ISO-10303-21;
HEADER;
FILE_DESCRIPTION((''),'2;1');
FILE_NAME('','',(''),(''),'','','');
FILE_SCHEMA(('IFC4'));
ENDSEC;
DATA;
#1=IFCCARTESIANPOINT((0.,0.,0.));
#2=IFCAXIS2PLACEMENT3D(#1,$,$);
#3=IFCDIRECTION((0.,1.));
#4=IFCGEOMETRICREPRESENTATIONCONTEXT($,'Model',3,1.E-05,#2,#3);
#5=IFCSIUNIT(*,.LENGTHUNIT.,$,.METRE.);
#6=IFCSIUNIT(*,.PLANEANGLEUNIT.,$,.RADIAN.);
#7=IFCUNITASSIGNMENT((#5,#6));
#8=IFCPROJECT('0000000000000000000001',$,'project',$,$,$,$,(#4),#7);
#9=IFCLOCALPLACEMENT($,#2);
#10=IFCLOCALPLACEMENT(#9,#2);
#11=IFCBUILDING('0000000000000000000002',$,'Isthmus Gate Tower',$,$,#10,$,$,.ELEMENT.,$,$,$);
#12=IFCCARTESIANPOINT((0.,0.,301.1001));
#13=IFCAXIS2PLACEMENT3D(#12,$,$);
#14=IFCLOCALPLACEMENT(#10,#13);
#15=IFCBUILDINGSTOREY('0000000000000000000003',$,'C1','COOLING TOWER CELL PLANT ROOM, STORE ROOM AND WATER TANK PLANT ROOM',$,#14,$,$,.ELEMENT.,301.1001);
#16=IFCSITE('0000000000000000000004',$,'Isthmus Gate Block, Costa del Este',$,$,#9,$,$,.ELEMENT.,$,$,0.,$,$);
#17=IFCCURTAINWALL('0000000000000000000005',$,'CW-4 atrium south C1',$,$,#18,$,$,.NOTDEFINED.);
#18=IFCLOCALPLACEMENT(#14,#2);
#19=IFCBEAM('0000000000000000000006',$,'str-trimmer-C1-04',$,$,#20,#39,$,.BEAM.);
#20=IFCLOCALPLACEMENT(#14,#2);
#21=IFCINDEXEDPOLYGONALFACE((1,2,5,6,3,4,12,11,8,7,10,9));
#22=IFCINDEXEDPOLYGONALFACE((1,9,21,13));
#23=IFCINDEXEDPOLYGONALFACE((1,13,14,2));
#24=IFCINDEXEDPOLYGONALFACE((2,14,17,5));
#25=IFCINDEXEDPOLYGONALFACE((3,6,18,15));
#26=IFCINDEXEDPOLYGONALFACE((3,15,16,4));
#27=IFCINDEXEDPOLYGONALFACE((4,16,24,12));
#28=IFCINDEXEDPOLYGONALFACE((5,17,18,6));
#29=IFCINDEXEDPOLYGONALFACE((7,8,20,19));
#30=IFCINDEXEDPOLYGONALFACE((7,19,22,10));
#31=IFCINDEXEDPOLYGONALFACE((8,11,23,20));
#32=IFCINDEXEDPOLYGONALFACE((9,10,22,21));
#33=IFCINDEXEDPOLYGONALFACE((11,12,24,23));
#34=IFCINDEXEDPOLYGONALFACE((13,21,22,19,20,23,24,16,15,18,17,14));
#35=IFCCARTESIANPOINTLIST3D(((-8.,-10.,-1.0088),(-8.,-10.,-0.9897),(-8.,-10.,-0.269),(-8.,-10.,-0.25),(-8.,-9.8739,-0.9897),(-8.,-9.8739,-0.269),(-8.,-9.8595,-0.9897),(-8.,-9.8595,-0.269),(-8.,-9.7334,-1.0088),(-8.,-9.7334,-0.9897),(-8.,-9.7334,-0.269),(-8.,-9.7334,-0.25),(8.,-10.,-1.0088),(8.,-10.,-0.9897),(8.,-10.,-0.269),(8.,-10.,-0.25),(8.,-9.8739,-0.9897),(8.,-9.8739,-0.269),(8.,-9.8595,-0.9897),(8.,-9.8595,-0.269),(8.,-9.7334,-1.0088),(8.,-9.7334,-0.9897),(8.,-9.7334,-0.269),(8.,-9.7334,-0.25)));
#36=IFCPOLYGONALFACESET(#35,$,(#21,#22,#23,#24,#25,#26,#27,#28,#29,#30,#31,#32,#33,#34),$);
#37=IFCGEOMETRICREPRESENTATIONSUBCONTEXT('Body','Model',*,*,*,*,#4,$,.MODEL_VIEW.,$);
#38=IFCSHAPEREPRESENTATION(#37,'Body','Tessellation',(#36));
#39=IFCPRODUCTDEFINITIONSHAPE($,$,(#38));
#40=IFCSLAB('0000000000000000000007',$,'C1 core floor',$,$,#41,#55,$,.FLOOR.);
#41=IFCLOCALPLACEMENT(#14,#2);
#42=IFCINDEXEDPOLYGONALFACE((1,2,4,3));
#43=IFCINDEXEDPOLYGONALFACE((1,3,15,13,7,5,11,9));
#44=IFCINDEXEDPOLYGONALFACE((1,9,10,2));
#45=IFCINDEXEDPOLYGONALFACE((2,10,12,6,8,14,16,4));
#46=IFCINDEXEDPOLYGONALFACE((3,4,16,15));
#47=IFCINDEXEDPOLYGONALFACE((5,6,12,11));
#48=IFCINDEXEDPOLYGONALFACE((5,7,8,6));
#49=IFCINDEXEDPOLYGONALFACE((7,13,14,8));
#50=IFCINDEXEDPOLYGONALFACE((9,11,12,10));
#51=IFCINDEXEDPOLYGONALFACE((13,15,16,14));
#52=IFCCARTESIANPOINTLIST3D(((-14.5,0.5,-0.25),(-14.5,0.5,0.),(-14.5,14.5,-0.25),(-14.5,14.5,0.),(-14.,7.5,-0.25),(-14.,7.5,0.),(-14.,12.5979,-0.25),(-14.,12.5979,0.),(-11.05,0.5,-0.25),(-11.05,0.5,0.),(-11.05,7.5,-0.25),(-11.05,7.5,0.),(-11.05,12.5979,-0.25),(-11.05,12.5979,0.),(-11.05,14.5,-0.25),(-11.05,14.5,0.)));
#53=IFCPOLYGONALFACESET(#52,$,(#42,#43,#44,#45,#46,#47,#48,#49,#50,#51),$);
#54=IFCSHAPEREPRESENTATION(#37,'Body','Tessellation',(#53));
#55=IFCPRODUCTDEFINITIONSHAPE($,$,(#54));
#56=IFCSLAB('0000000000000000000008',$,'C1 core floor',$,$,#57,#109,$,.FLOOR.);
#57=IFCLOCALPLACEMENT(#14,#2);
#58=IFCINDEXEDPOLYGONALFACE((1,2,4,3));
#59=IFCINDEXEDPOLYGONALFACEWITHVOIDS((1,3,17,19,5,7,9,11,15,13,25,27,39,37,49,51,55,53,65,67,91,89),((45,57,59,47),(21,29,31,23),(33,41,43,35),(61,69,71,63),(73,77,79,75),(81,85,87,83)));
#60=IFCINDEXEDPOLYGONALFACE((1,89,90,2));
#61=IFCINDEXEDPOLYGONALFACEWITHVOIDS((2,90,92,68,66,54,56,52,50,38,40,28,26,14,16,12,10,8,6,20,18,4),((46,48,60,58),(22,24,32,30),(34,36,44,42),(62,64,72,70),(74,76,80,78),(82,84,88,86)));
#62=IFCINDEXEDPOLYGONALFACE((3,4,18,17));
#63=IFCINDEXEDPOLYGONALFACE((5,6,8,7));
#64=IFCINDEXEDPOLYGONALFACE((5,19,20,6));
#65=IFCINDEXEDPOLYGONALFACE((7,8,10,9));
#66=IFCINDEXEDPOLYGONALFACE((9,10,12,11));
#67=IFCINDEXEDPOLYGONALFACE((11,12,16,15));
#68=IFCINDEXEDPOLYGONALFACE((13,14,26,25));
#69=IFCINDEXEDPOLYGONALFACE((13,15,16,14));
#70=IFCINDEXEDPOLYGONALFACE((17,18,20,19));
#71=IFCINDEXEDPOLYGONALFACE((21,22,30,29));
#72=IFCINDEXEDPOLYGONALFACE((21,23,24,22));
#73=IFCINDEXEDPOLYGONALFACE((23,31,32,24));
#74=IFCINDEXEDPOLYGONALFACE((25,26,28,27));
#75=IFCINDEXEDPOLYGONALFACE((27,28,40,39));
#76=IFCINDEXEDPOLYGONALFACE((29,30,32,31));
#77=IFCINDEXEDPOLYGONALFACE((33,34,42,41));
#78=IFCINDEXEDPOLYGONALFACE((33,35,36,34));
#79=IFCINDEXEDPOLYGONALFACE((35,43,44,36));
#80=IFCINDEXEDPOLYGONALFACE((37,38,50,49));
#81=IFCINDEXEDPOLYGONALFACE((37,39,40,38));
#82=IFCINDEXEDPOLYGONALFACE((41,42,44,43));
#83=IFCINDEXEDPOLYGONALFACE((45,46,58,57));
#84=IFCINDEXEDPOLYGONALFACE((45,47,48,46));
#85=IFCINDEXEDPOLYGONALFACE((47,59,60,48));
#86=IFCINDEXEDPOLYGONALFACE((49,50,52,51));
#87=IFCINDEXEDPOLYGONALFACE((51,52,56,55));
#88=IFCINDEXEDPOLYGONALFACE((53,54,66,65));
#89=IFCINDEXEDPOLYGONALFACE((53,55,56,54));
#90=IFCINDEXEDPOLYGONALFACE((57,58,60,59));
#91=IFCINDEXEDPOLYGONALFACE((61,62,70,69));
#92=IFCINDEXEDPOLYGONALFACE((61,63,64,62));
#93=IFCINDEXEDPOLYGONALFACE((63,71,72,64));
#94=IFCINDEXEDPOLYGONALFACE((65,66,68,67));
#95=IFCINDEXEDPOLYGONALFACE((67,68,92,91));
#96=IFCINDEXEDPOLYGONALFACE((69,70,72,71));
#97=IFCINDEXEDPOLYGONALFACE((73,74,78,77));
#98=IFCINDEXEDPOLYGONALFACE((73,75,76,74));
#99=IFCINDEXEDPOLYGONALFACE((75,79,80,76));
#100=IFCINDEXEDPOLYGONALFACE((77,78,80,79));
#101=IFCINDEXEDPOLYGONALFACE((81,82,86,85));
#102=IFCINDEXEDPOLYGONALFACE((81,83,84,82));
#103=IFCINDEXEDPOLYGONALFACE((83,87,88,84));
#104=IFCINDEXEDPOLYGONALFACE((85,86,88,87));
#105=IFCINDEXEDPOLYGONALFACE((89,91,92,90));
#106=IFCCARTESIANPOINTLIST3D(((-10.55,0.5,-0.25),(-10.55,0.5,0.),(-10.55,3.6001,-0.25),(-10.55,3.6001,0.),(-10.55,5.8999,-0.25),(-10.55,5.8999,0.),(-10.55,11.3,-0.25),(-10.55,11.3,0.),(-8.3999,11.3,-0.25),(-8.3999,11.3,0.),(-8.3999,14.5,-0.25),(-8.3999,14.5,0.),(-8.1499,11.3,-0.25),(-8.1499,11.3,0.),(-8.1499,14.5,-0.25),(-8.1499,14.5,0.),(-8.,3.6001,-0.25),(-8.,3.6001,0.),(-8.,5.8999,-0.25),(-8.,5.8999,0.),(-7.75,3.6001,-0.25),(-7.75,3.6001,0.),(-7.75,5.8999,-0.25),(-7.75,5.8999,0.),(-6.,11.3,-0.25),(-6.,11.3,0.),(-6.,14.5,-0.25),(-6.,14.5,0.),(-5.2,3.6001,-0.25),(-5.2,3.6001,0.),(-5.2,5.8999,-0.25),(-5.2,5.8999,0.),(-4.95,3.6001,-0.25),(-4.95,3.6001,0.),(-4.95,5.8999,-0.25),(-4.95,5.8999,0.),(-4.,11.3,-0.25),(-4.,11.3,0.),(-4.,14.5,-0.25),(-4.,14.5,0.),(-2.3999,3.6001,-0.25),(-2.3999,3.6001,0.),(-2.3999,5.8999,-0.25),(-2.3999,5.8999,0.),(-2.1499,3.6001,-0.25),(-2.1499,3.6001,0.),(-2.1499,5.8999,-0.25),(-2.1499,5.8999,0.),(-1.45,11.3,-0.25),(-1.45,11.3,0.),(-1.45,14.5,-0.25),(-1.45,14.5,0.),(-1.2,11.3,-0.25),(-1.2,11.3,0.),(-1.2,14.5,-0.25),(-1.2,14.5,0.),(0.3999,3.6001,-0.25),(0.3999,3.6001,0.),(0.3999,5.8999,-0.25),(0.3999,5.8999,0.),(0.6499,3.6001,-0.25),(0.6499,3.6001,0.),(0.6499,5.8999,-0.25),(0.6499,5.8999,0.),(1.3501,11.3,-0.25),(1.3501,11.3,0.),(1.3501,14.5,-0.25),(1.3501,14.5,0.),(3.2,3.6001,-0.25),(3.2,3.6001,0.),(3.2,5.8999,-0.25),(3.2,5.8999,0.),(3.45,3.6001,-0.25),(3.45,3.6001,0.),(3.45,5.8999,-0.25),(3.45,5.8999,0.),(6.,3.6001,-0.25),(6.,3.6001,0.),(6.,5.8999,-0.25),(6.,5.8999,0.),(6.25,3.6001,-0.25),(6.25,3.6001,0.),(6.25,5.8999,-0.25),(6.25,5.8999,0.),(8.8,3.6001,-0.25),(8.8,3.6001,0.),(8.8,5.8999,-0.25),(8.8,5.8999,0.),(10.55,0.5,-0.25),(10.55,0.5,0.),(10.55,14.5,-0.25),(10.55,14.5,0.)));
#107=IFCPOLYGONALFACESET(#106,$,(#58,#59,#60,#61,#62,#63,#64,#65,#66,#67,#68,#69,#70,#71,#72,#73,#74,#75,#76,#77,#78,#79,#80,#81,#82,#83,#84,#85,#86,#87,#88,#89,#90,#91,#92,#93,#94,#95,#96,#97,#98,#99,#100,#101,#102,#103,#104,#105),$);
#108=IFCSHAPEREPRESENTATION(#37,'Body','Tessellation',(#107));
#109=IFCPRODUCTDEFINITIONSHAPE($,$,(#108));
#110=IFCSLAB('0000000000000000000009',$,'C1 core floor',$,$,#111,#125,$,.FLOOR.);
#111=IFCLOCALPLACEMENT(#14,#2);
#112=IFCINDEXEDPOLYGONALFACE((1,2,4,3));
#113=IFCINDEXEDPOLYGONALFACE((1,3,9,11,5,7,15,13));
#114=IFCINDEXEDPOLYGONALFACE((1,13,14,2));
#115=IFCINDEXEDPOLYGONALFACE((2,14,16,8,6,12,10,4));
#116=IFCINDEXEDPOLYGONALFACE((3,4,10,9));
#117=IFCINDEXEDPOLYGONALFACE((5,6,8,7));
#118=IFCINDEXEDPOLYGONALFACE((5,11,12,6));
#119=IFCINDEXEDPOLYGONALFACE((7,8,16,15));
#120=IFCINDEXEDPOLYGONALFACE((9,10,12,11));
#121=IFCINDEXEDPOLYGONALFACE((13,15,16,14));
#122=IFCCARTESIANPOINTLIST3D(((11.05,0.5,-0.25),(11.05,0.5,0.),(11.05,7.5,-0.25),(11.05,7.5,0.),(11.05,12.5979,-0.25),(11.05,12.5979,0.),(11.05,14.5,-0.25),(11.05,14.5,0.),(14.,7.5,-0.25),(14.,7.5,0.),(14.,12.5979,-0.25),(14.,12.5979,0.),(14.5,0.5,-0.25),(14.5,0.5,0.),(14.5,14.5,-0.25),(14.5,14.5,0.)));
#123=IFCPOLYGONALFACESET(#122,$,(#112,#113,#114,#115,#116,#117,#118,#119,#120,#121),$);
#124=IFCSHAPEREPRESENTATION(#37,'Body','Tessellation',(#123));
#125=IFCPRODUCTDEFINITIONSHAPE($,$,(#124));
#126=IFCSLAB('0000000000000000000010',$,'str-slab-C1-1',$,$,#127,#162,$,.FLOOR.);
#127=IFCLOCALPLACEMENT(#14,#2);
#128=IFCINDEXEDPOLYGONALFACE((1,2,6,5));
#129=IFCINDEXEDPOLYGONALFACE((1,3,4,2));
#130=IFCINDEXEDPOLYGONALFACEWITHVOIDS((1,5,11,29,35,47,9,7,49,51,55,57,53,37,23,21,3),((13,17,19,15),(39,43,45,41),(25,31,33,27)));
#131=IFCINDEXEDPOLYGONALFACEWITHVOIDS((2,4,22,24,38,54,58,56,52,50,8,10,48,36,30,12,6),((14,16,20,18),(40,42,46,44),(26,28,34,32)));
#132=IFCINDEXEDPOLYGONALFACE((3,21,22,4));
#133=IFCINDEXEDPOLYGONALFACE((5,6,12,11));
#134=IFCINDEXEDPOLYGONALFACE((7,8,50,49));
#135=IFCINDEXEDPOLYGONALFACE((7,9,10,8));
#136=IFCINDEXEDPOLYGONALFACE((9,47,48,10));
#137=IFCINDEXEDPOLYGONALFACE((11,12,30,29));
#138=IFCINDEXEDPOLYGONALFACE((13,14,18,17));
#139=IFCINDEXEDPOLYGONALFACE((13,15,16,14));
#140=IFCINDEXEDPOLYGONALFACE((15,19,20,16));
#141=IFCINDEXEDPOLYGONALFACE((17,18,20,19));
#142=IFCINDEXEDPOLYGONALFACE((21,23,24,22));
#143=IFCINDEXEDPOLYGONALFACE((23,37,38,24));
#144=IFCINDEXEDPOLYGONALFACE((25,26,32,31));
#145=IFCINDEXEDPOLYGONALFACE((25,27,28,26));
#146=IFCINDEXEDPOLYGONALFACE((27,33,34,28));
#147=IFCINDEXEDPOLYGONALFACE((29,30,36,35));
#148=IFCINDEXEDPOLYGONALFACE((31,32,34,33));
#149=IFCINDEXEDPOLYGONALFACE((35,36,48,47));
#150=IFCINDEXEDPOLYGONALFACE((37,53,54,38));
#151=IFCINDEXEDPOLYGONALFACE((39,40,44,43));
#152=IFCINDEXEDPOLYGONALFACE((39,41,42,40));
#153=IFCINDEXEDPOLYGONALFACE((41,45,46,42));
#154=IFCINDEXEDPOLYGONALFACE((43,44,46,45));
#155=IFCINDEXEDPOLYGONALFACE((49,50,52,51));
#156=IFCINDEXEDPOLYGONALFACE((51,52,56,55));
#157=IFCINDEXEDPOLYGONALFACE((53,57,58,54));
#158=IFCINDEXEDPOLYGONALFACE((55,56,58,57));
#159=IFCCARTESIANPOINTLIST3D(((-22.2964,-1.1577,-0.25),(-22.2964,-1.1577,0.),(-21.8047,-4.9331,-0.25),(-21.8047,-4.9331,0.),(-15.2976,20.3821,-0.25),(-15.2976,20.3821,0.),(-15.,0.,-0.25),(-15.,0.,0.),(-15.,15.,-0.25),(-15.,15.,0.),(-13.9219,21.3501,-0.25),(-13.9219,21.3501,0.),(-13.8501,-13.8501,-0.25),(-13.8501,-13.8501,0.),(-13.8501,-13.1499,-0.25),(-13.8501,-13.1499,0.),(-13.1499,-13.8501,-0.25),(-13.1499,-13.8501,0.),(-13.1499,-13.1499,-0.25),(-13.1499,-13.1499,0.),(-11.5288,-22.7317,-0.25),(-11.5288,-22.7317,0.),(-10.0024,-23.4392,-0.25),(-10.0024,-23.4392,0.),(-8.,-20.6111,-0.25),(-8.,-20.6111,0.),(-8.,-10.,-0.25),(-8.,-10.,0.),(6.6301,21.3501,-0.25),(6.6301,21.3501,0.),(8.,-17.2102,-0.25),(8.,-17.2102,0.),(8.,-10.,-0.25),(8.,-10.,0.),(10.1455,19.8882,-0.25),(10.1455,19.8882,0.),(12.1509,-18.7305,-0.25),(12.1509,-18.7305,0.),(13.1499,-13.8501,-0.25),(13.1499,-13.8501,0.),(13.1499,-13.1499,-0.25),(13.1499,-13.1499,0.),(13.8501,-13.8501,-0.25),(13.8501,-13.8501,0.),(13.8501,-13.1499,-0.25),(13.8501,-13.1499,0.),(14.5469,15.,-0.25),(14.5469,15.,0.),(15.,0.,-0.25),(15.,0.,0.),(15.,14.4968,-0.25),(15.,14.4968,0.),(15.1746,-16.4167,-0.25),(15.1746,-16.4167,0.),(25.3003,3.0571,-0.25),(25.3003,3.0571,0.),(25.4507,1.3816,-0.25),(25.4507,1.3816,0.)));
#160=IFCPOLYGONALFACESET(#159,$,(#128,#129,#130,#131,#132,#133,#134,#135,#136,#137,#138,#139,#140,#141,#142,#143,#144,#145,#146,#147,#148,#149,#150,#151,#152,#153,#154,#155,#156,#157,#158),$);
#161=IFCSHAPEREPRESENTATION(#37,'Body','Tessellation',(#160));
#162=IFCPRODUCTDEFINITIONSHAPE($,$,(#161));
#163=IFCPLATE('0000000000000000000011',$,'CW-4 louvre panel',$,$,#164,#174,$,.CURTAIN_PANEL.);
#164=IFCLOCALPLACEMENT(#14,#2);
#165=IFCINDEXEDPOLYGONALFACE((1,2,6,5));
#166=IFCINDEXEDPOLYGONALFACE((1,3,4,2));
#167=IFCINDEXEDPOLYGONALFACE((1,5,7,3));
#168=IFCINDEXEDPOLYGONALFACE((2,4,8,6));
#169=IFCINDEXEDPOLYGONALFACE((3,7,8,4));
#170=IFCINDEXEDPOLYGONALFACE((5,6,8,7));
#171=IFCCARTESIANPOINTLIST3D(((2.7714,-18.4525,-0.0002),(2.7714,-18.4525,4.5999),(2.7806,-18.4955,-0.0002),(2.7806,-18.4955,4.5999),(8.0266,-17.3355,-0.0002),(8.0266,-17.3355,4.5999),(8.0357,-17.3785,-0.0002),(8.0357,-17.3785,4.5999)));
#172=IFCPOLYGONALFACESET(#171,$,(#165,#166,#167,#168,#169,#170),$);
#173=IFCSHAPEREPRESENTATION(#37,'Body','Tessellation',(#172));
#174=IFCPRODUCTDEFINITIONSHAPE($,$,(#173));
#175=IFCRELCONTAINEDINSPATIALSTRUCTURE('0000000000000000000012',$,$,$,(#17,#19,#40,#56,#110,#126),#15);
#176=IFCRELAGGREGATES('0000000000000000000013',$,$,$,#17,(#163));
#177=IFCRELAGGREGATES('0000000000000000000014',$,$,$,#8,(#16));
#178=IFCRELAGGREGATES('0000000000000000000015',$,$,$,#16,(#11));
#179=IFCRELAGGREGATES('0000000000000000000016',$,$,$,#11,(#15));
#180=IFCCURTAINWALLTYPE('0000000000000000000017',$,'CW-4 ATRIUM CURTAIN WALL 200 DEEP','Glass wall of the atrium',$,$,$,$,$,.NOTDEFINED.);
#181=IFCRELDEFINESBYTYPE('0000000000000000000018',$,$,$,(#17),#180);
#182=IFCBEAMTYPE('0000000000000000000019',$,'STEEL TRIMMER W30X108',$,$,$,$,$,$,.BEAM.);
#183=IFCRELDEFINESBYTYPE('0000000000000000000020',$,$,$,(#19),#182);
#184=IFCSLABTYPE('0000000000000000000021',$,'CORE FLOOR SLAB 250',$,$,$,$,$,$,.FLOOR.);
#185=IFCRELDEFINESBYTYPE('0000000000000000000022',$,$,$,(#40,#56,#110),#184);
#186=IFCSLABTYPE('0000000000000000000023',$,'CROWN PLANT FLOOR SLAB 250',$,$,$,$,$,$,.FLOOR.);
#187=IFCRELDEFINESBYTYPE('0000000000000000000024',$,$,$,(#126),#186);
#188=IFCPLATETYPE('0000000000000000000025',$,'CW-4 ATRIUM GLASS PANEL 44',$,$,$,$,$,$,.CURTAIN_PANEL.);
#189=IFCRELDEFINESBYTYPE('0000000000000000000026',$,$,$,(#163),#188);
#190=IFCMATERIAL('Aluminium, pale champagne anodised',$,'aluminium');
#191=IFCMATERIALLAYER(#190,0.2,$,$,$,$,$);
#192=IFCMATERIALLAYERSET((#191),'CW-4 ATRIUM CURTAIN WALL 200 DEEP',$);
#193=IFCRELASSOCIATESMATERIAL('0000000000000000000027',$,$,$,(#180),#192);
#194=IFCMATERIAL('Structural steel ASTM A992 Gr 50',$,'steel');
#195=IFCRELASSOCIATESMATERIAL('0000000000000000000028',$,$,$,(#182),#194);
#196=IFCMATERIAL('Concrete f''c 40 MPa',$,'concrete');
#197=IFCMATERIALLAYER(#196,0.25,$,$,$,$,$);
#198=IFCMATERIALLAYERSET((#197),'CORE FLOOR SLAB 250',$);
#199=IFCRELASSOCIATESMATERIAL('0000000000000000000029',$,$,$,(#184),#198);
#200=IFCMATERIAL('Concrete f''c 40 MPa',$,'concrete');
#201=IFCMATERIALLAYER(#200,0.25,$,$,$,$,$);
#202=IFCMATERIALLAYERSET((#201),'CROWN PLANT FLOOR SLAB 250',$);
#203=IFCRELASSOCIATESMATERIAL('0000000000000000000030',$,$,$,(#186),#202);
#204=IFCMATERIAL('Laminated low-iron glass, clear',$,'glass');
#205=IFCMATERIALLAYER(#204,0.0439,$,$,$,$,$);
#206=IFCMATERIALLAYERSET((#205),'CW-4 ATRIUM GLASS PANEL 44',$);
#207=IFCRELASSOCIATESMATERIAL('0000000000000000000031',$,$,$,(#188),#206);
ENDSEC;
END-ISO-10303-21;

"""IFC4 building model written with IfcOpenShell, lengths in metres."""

from ifc_helpers import new_model, si_unit, direction, frame, origin, origin_2d, place, context, subcontext, project, spatial, polyline, rectangle, i_section, outline, extrude, material, layer, layer_set, material_profile, profile_set, type_object, element, aggregate, save


model = new_model("IFC4")

# Units and contexts
model_context = context("Model", 3, precision=1e-05, world=origin(), true_north=direction((0.0, 1.0)))
body_context = subcontext(model_context, "Body", "Model", "MODEL_VIEW")
ifc_project = project(units=[si_unit("LENGTHUNIT", "METRE"), si_unit("PLANEANGLEUNIT", "RADIAN")], contexts=[model_context])

# Site, building, storey
site_placement = place(None, origin())
site = spatial("IfcSite", under=ifc_project, at=site_placement, Name="Isthmus Gate Block, Costa del Este", CompositionType="ELEMENT", RefElevation=0.0)
building_placement = place(site_placement, origin())
building = spatial("IfcBuilding", under=site, at=building_placement, Name="Isthmus Gate Tower", CompositionType="ELEMENT")
storey_placement = place(building_placement, frame((0.0, 0.0, 301.1001)))
storey = spatial("IfcBuildingStorey", under=building, at=storey_placement, Name="C1", Description="COOLING TOWER CELL PLANT ROOM, STORE ROOM AND WATER TANK PLANT ROOM", CompositionType="ELEMENT", Elevation=301.1001)

# Curtain wall
ifc_material_1 = material(Name="Aluminium, pale champagne anodised", Category="aluminium")
ifc_layer_1 = layer(ifc_material_1, 0.2)
ifc_layer_set_1 = layer_set([ifc_layer_1], Name="CW-4 ATRIUM CURTAIN WALL 200 DEEP")
curtain_wall_type = type_object("IfcCurtainWallType", Name="CW-4 ATRIUM CURTAIN WALL 200 DEEP", Description="Glass wall of the atrium", PredefinedType="NOTDEFINED", material=ifc_layer_set_1)
curtain_wall_placement = place(storey_placement, origin())
curtain_wall = element("IfcCurtainWall", 1, at=curtain_wall_placement, inside=storey, type_object=curtain_wall_type, Name="CW-4 atrium south C1", PredefinedType="NOTDEFINED")

# Beam
ifc_material_2 = material(Name="Structural steel ASTM A992 Gr 50", Category="steel")
ifc_material_profile_1 = material_profile(ifc_material_2, i_section(OverallWidth=0.2666, OverallDepth=0.7588, WebThickness=0.0144, FlangeThickness=0.019, at=origin_2d()), Name="W30X108")
ifc_profile_set_1 = profile_set([ifc_material_profile_1], Name="Structural steel ASTM A992 Gr 50")
beam_type_1 = type_object("IfcBeamType", Name="STEEL TRIMMER W30X108", PredefinedType="BEAM", material=ifc_profile_set_1)
beam_1_placement = place(storey_placement, frame((8.0, -9.8667, -0.6294), z_axis=(-1.0, 0.0, 0.0), x_axis=(0.0, -1.0, 0.0)))
element("IfcBeam", 2, at=beam_1_placement, inside=storey, type_object=beam_type_1, Name="str-trimmer-C1-04", PredefinedType="BEAM", context=body_context, shape_type="SweptSolid", body=[
    extrude(i_section(OverallWidth=0.2666, OverallDepth=0.7588, WebThickness=0.0144, FlangeThickness=0.019, at=origin_2d()), origin(), (0.0, 0.0, 1.0), 16.0),
])

# Slabs
ifc_material_3 = material(Name="Concrete f'c 40 MPa", Category="concrete")
ifc_layer_2 = layer(ifc_material_3, 0.25)
ifc_layer_set_2 = layer_set([ifc_layer_2], Name="CORE FLOOR SLAB 250")
slab_type_1 = type_object("IfcSlabType", Name="CORE FLOOR SLAB 250", PredefinedType="FLOOR", material=ifc_layer_set_2)
slab_1_placement = place(storey_placement, frame((0.0, 0.0, -0.25)))
element("IfcSlab", 3, at=slab_1_placement, inside=storey, type_object=slab_type_1, Name="C1 core floor", PredefinedType="FLOOR", context=body_context, shape_type="SweptSolid", body=[
    extrude(outline(polyline([(-11.05, 0.5), (-11.05, 7.5), (-14.0, 7.5), (-14.0, 12.5979), (-11.05, 12.5979), (-11.05, 14.5), (-14.5, 14.5), (-14.5, 0.5), (-11.05, 0.5)])), origin(), (0.0, 0.0, 1.0), 0.25),
])
slab_2_placement = place(storey_placement, frame((0.0, 0.0, -0.25)))
element("IfcSlab", 4, at=slab_2_placement, inside=storey, type_object=slab_type_1, Name="C1 core floor", PredefinedType="FLOOR", context=body_context, shape_type="SweptSolid", body=[
    extrude(outline(polyline([(10.55, 14.5), (1.3501, 14.5), (1.3501, 11.3), (-1.2, 11.3), (-1.2, 14.5), (-1.45, 14.5), (-1.45, 11.3), (-4.0, 11.3), (-4.0, 14.5), (-6.0, 14.5), (-6.0, 11.3), (-8.1499, 11.3), (-8.1499, 14.5), (-8.3999, 14.5), (-8.3999, 11.3), (-10.55, 11.3), (-10.55, 5.8999), (-8.0, 5.8999), (-8.0, 3.6001), (-10.55, 3.6001), (-10.55, 0.5), (10.55, 0.5), (10.55, 14.5)]), holes=[polyline([(-5.2, 5.8999), (-5.2, 3.6001), (-7.75, 3.6001), (-7.75, 5.8999), (-5.2, 5.8999)]), polyline([(-2.3999, 5.8999), (-2.3999, 3.6001), (-4.95, 3.6001), (-4.95, 5.8999), (-2.3999, 5.8999)]), polyline([(0.3999, 5.8999), (0.3999, 3.6001), (-2.1499, 3.6001), (-2.1499, 5.8999), (0.3999, 5.8999)]), polyline([(3.2, 5.8999), (3.2, 3.6001), (0.6499, 3.6001), (0.6499, 5.8999), (3.2, 5.8999)]), polyline([(6.0, 5.8999), (6.0, 3.6001), (3.45, 3.6001), (3.45, 5.8999), (6.0, 5.8999)]), polyline([(8.8, 5.8999), (8.8, 3.6001), (6.25, 3.6001), (6.25, 5.8999), (8.8, 5.8999)])]), origin(), (0.0, 0.0, 1.0), 0.25),
])
slab_3_placement = place(storey_placement, frame((0.0, 0.0, -0.25)))
element("IfcSlab", 5, at=slab_3_placement, inside=storey, type_object=slab_type_1, Name="C1 core floor", PredefinedType="FLOOR", context=body_context, shape_type="SweptSolid", body=[
    extrude(outline(polyline([(11.05, 14.5), (11.05, 12.5979), (14.0, 12.5979), (14.0, 7.5), (11.05, 7.5), (11.05, 0.5), (14.5, 0.5), (14.5, 14.5), (11.05, 14.5)])), origin(), (0.0, 0.0, 1.0), 0.25),
])
ifc_material_4 = material(Name="Concrete f'c 40 MPa", Category="concrete")
ifc_layer_3 = layer(ifc_material_4, 0.25)
ifc_layer_set_3 = layer_set([ifc_layer_3], Name="CROWN PLANT FLOOR SLAB 250")
slab_type_2 = type_object("IfcSlabType", Name="CROWN PLANT FLOOR SLAB 250", PredefinedType="FLOOR", material=ifc_layer_set_3)
slab_4_placement = place(storey_placement, frame((0.0, 0.0, -0.25)))
element("IfcSlab", 6, at=slab_4_placement, inside=storey, type_object=slab_type_2, Name="str-slab-C1-1", PredefinedType="FLOOR", context=body_context, shape_type="SweptSolid", body=[
    extrude(outline(polyline([(10.1455, 19.8882), (14.5469, 15.0), (-15.0, 15.0), (-15.0, 0.0), (15.0, 0.0), (15.0, 14.4968), (25.3003, 3.0571), (25.4507, 1.3816), (15.1746, -16.4167), (12.1509, -18.7305), (-10.0024, -23.4392), (-11.5288, -22.7317), (-21.8047, -4.9331), (-22.2964, -1.1577), (-15.2976, 20.3821), (-13.9219, 21.3501), (6.6301, 21.3501), (10.1455, 19.8882)]), holes=[polyline([(-8.0, -10.0), (-8.0, -20.6111), (8.0, -17.2102), (8.0, -10.0), (-8.0, -10.0)]), polyline([(-13.8501, -13.1499), (-13.8501, -13.8501), (-13.1499, -13.8501), (-13.1499, -13.1499), (-13.8501, -13.1499)]), polyline([(13.1499, -13.1499), (13.1499, -13.8501), (13.8501, -13.8501), (13.8501, -13.1499), (13.1499, -13.1499)])]), origin(), (0.0, 0.0, 1.0), 0.25),
])

# Plate
ifc_material_5 = material(Name="Laminated low-iron glass, clear", Category="glass")
ifc_layer_4 = layer(ifc_material_5, 0.0439)
ifc_layer_set_4 = layer_set([ifc_layer_4], Name="CW-4 ATRIUM GLASS PANEL 44")
plate_type = type_object("IfcPlateType", Name="CW-4 ATRIUM GLASS PANEL 44", PredefinedType="CURTAIN_PANEL", material=ifc_layer_set_4)
plate_placement = place(storey_placement, frame((5.4036, -17.9155, -0.0002), z_axis=(0.0, 0.0, 1.0), x_axis=(0.978148, 0.207912, 0.0)))
plate = element("IfcPlate", 7, at=plate_placement, type_object=plate_type, Name="CW-4 louvre panel", PredefinedType="CURTAIN_PANEL", context=body_context, shape_type="SweptSolid", body=[
    extrude(rectangle(XDim=5.3726, YDim=0.0439, at=origin_2d()), origin(), (0.0, 0.0, 1.0), 4.6001),
])
aggregate(curtain_wall, [plate])

save(model, "model.ifc")
